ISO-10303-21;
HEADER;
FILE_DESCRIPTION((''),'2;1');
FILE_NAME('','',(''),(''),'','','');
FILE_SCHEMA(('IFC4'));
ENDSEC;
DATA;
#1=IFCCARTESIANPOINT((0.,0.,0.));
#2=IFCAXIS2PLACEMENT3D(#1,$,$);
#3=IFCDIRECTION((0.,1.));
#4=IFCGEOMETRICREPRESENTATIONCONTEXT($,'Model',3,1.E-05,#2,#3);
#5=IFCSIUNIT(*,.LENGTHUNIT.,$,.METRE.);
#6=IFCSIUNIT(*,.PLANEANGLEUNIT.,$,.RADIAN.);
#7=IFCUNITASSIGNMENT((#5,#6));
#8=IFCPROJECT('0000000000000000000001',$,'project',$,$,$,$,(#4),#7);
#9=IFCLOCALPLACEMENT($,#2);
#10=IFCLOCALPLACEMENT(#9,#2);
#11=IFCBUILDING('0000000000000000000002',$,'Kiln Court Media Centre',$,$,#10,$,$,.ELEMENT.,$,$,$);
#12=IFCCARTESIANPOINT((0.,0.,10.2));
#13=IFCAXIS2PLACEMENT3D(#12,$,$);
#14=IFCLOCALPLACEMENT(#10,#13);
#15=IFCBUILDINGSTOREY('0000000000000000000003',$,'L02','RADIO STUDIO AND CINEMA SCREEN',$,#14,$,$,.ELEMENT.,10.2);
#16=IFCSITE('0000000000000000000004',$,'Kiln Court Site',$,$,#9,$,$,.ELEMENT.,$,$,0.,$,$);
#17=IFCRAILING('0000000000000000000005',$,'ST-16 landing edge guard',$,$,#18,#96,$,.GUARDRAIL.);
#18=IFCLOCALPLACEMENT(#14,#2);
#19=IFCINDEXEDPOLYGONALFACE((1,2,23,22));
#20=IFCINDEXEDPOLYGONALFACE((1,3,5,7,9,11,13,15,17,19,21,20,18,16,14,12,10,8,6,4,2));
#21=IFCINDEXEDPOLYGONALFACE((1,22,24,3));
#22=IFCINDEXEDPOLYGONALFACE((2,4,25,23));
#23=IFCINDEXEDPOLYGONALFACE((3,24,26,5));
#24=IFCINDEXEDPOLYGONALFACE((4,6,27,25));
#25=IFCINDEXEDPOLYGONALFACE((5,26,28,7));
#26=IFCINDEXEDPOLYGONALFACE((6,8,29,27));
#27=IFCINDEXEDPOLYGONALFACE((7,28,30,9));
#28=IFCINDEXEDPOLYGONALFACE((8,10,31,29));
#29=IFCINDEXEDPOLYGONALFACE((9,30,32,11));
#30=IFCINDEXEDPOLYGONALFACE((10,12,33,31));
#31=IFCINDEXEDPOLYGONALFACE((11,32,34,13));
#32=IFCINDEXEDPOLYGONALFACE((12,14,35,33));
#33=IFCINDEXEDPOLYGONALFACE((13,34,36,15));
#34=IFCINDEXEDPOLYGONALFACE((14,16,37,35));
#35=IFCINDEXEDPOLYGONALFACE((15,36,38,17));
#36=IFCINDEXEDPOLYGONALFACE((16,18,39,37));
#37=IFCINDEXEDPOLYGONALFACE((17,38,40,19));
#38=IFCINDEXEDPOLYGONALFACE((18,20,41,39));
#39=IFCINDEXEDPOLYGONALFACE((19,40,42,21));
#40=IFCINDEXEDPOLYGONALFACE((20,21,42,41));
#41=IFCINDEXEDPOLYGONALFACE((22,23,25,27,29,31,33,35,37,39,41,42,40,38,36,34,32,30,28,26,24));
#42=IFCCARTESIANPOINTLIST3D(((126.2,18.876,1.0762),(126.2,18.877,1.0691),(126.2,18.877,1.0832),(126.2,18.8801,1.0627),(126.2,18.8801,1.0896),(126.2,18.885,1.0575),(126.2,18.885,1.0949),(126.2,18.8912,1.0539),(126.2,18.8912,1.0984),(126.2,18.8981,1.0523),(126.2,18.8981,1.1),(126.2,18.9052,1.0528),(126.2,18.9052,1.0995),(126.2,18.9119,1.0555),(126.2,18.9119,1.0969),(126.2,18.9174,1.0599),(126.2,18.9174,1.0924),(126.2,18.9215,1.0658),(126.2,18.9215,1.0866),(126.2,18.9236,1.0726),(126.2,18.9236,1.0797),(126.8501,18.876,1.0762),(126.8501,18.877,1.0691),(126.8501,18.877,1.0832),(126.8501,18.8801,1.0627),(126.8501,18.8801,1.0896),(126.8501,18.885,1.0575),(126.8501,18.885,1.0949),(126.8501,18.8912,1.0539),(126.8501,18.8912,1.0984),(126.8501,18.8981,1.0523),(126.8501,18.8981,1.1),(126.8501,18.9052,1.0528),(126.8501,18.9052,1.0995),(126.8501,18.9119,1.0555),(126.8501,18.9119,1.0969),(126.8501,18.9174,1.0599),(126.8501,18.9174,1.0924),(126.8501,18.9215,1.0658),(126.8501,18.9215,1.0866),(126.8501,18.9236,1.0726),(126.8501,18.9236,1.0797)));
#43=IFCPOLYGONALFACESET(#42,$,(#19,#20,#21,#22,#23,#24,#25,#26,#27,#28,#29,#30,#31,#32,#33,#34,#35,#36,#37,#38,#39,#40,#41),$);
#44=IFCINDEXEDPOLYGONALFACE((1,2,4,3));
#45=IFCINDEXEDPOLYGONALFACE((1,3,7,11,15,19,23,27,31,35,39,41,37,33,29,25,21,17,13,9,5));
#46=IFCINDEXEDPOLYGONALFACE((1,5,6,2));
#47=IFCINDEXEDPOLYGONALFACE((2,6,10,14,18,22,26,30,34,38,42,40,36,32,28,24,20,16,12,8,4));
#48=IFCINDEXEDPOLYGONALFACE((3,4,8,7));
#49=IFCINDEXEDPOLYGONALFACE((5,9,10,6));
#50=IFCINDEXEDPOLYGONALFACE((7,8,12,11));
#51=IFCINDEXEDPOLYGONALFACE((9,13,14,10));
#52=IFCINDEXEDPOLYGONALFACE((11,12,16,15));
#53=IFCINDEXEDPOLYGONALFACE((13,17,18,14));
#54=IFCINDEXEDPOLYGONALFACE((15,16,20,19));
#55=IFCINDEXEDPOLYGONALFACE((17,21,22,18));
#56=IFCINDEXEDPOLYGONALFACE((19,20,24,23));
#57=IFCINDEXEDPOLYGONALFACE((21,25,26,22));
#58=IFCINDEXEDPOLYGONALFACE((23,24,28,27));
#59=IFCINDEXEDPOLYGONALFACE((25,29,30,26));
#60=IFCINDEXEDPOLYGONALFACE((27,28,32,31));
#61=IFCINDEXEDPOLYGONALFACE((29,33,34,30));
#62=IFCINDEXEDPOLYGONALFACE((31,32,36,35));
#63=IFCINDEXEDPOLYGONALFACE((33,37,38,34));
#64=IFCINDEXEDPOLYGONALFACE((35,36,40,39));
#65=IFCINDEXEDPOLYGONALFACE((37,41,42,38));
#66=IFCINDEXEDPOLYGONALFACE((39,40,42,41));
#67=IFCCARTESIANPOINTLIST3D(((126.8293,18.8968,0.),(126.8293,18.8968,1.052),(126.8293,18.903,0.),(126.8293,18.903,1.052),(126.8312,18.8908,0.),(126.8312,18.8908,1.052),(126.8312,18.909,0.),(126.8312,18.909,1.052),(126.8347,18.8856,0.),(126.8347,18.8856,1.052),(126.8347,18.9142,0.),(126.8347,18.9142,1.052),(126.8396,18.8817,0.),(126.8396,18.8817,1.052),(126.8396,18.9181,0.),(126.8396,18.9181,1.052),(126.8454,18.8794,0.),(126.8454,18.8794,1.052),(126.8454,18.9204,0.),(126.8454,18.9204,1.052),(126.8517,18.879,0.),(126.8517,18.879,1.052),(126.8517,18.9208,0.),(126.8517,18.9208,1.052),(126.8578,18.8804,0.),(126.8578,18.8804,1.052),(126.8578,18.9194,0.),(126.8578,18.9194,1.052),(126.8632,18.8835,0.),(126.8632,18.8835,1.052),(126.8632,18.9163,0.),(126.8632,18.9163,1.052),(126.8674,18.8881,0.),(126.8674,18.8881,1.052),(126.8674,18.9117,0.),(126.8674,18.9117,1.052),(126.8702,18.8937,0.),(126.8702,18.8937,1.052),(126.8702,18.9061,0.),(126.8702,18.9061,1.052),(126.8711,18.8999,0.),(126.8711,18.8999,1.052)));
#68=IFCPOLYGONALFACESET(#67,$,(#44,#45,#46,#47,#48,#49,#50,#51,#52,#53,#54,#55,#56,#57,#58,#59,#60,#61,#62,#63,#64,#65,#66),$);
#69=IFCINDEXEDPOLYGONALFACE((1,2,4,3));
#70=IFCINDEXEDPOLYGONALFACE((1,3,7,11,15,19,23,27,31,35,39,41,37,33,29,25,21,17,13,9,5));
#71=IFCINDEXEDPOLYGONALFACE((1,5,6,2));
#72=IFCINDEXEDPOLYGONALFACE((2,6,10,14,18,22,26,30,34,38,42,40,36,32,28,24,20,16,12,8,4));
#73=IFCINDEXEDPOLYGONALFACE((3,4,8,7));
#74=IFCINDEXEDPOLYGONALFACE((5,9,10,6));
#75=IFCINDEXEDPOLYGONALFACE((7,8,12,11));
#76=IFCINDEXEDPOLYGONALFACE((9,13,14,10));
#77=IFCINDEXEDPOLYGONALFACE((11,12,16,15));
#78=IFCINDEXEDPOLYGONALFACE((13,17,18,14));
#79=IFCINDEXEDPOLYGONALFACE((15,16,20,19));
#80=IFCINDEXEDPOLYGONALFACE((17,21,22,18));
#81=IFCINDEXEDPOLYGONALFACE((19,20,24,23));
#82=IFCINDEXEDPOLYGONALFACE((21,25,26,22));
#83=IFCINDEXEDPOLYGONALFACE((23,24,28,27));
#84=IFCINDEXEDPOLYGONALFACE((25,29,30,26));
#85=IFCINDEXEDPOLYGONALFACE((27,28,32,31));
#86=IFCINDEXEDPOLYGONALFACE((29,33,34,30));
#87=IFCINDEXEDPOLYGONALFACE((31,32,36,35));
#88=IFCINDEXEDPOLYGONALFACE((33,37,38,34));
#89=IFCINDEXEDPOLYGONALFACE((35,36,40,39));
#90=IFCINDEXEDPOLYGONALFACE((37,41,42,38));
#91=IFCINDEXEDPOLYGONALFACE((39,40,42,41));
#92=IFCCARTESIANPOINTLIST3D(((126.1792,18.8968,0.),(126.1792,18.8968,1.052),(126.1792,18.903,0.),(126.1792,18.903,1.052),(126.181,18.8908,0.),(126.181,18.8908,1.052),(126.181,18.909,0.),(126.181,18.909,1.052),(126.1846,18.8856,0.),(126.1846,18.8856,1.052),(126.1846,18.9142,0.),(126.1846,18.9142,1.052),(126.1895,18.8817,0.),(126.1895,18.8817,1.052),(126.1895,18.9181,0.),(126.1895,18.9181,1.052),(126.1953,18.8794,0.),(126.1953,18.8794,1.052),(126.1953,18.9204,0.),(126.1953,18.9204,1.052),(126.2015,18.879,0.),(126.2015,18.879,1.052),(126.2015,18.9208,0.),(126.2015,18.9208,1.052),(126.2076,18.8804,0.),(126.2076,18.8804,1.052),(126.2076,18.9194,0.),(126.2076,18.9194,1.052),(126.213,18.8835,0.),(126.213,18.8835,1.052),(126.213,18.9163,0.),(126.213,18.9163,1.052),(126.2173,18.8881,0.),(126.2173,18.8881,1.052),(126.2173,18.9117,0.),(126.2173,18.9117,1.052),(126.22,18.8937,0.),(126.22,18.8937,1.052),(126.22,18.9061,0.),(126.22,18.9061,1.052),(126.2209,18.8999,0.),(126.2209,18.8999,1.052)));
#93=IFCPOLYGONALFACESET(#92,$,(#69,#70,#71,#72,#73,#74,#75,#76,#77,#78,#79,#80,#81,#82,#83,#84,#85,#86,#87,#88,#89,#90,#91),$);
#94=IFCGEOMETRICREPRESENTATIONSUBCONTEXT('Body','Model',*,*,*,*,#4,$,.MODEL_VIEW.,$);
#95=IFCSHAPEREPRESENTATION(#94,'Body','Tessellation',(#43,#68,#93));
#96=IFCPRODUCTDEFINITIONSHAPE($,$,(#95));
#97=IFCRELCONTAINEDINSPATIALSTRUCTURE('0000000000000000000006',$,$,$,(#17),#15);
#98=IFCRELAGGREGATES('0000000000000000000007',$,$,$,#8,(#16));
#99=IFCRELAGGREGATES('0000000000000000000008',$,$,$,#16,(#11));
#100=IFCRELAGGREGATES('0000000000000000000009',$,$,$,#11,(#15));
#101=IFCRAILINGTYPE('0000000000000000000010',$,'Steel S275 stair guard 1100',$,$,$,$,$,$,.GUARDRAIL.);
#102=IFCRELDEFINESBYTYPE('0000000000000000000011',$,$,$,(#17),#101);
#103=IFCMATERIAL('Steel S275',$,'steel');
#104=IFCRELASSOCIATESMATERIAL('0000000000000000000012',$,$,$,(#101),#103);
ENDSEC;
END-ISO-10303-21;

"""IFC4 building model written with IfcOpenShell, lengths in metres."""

from ifc_helpers import new_model, si_unit, direction, frame, origin, origin_2d, place, context, subcontext, project, spatial, circle, extrude, material, type_object, element, save


model = new_model("IFC4")

# Units and contexts
model_context = context("Model", 3, precision=1e-05, world=origin(), true_north=direction((0.0, 1.0)))
body_context = subcontext(model_context, "Body", "Model", "MODEL_VIEW")
ifc_project = project(units=[si_unit("LENGTHUNIT", "METRE"), si_unit("PLANEANGLEUNIT", "RADIAN")], contexts=[model_context])

# Site, building, storey
site_placement = place(None, origin())
site = spatial("IfcSite", under=ifc_project, at=site_placement, Name="Kiln Court Site", CompositionType="ELEMENT", RefElevation=0.0)
building_placement = place(site_placement, origin())
building = spatial("IfcBuilding", under=site, at=building_placement, Name="Kiln Court Media Centre", CompositionType="ELEMENT")
storey_placement = place(building_placement, frame((0.0, 0.0, 10.2)))
storey = spatial("IfcBuildingStorey", under=building, at=storey_placement, Name="L02", Description="RADIO STUDIO AND CINEMA SCREEN", CompositionType="ELEMENT", Elevation=10.2)

# Railing
ifc_material_1 = material(Name="Steel S275", Category="steel")
railing_type_1 = type_object("IfcRailingType", Name="Steel S275 stair guard 1100", PredefinedType="GUARDRAIL", material=ifc_material_1)
for number, where, name in (
    (1, (126.8501, 18.8999, 0.0), "ST-16 landing edge guard"),
):
    element("IfcRailing", number, at=place(storey_placement, frame(where)), inside=storey, type_object=railing_type_1, Name=name, PredefinedType="GUARDRAIL", context=body_context, shape_type="SweptSolid", body=[
        extrude(circle(Radius=0.0239, at=origin_2d()), frame((0.0, 0.0, 1.0762), z_axis=(-1.0, 0.0, 0.0), x_axis=(0.0, -1.0, 0.0)), (0.0, 0.0, 1.0), 0.6501),
        extrude(circle(Radius=0.021, at=origin_2d()), origin(), (0.0, 0.0, 1.0), 1.052),
        extrude(circle(Radius=0.021, at=origin_2d()), frame((-0.6501, 0.0, 0.0)), (0.0, 0.0, 1.0), 1.052),
    ])

save(model, "model.ifc")
